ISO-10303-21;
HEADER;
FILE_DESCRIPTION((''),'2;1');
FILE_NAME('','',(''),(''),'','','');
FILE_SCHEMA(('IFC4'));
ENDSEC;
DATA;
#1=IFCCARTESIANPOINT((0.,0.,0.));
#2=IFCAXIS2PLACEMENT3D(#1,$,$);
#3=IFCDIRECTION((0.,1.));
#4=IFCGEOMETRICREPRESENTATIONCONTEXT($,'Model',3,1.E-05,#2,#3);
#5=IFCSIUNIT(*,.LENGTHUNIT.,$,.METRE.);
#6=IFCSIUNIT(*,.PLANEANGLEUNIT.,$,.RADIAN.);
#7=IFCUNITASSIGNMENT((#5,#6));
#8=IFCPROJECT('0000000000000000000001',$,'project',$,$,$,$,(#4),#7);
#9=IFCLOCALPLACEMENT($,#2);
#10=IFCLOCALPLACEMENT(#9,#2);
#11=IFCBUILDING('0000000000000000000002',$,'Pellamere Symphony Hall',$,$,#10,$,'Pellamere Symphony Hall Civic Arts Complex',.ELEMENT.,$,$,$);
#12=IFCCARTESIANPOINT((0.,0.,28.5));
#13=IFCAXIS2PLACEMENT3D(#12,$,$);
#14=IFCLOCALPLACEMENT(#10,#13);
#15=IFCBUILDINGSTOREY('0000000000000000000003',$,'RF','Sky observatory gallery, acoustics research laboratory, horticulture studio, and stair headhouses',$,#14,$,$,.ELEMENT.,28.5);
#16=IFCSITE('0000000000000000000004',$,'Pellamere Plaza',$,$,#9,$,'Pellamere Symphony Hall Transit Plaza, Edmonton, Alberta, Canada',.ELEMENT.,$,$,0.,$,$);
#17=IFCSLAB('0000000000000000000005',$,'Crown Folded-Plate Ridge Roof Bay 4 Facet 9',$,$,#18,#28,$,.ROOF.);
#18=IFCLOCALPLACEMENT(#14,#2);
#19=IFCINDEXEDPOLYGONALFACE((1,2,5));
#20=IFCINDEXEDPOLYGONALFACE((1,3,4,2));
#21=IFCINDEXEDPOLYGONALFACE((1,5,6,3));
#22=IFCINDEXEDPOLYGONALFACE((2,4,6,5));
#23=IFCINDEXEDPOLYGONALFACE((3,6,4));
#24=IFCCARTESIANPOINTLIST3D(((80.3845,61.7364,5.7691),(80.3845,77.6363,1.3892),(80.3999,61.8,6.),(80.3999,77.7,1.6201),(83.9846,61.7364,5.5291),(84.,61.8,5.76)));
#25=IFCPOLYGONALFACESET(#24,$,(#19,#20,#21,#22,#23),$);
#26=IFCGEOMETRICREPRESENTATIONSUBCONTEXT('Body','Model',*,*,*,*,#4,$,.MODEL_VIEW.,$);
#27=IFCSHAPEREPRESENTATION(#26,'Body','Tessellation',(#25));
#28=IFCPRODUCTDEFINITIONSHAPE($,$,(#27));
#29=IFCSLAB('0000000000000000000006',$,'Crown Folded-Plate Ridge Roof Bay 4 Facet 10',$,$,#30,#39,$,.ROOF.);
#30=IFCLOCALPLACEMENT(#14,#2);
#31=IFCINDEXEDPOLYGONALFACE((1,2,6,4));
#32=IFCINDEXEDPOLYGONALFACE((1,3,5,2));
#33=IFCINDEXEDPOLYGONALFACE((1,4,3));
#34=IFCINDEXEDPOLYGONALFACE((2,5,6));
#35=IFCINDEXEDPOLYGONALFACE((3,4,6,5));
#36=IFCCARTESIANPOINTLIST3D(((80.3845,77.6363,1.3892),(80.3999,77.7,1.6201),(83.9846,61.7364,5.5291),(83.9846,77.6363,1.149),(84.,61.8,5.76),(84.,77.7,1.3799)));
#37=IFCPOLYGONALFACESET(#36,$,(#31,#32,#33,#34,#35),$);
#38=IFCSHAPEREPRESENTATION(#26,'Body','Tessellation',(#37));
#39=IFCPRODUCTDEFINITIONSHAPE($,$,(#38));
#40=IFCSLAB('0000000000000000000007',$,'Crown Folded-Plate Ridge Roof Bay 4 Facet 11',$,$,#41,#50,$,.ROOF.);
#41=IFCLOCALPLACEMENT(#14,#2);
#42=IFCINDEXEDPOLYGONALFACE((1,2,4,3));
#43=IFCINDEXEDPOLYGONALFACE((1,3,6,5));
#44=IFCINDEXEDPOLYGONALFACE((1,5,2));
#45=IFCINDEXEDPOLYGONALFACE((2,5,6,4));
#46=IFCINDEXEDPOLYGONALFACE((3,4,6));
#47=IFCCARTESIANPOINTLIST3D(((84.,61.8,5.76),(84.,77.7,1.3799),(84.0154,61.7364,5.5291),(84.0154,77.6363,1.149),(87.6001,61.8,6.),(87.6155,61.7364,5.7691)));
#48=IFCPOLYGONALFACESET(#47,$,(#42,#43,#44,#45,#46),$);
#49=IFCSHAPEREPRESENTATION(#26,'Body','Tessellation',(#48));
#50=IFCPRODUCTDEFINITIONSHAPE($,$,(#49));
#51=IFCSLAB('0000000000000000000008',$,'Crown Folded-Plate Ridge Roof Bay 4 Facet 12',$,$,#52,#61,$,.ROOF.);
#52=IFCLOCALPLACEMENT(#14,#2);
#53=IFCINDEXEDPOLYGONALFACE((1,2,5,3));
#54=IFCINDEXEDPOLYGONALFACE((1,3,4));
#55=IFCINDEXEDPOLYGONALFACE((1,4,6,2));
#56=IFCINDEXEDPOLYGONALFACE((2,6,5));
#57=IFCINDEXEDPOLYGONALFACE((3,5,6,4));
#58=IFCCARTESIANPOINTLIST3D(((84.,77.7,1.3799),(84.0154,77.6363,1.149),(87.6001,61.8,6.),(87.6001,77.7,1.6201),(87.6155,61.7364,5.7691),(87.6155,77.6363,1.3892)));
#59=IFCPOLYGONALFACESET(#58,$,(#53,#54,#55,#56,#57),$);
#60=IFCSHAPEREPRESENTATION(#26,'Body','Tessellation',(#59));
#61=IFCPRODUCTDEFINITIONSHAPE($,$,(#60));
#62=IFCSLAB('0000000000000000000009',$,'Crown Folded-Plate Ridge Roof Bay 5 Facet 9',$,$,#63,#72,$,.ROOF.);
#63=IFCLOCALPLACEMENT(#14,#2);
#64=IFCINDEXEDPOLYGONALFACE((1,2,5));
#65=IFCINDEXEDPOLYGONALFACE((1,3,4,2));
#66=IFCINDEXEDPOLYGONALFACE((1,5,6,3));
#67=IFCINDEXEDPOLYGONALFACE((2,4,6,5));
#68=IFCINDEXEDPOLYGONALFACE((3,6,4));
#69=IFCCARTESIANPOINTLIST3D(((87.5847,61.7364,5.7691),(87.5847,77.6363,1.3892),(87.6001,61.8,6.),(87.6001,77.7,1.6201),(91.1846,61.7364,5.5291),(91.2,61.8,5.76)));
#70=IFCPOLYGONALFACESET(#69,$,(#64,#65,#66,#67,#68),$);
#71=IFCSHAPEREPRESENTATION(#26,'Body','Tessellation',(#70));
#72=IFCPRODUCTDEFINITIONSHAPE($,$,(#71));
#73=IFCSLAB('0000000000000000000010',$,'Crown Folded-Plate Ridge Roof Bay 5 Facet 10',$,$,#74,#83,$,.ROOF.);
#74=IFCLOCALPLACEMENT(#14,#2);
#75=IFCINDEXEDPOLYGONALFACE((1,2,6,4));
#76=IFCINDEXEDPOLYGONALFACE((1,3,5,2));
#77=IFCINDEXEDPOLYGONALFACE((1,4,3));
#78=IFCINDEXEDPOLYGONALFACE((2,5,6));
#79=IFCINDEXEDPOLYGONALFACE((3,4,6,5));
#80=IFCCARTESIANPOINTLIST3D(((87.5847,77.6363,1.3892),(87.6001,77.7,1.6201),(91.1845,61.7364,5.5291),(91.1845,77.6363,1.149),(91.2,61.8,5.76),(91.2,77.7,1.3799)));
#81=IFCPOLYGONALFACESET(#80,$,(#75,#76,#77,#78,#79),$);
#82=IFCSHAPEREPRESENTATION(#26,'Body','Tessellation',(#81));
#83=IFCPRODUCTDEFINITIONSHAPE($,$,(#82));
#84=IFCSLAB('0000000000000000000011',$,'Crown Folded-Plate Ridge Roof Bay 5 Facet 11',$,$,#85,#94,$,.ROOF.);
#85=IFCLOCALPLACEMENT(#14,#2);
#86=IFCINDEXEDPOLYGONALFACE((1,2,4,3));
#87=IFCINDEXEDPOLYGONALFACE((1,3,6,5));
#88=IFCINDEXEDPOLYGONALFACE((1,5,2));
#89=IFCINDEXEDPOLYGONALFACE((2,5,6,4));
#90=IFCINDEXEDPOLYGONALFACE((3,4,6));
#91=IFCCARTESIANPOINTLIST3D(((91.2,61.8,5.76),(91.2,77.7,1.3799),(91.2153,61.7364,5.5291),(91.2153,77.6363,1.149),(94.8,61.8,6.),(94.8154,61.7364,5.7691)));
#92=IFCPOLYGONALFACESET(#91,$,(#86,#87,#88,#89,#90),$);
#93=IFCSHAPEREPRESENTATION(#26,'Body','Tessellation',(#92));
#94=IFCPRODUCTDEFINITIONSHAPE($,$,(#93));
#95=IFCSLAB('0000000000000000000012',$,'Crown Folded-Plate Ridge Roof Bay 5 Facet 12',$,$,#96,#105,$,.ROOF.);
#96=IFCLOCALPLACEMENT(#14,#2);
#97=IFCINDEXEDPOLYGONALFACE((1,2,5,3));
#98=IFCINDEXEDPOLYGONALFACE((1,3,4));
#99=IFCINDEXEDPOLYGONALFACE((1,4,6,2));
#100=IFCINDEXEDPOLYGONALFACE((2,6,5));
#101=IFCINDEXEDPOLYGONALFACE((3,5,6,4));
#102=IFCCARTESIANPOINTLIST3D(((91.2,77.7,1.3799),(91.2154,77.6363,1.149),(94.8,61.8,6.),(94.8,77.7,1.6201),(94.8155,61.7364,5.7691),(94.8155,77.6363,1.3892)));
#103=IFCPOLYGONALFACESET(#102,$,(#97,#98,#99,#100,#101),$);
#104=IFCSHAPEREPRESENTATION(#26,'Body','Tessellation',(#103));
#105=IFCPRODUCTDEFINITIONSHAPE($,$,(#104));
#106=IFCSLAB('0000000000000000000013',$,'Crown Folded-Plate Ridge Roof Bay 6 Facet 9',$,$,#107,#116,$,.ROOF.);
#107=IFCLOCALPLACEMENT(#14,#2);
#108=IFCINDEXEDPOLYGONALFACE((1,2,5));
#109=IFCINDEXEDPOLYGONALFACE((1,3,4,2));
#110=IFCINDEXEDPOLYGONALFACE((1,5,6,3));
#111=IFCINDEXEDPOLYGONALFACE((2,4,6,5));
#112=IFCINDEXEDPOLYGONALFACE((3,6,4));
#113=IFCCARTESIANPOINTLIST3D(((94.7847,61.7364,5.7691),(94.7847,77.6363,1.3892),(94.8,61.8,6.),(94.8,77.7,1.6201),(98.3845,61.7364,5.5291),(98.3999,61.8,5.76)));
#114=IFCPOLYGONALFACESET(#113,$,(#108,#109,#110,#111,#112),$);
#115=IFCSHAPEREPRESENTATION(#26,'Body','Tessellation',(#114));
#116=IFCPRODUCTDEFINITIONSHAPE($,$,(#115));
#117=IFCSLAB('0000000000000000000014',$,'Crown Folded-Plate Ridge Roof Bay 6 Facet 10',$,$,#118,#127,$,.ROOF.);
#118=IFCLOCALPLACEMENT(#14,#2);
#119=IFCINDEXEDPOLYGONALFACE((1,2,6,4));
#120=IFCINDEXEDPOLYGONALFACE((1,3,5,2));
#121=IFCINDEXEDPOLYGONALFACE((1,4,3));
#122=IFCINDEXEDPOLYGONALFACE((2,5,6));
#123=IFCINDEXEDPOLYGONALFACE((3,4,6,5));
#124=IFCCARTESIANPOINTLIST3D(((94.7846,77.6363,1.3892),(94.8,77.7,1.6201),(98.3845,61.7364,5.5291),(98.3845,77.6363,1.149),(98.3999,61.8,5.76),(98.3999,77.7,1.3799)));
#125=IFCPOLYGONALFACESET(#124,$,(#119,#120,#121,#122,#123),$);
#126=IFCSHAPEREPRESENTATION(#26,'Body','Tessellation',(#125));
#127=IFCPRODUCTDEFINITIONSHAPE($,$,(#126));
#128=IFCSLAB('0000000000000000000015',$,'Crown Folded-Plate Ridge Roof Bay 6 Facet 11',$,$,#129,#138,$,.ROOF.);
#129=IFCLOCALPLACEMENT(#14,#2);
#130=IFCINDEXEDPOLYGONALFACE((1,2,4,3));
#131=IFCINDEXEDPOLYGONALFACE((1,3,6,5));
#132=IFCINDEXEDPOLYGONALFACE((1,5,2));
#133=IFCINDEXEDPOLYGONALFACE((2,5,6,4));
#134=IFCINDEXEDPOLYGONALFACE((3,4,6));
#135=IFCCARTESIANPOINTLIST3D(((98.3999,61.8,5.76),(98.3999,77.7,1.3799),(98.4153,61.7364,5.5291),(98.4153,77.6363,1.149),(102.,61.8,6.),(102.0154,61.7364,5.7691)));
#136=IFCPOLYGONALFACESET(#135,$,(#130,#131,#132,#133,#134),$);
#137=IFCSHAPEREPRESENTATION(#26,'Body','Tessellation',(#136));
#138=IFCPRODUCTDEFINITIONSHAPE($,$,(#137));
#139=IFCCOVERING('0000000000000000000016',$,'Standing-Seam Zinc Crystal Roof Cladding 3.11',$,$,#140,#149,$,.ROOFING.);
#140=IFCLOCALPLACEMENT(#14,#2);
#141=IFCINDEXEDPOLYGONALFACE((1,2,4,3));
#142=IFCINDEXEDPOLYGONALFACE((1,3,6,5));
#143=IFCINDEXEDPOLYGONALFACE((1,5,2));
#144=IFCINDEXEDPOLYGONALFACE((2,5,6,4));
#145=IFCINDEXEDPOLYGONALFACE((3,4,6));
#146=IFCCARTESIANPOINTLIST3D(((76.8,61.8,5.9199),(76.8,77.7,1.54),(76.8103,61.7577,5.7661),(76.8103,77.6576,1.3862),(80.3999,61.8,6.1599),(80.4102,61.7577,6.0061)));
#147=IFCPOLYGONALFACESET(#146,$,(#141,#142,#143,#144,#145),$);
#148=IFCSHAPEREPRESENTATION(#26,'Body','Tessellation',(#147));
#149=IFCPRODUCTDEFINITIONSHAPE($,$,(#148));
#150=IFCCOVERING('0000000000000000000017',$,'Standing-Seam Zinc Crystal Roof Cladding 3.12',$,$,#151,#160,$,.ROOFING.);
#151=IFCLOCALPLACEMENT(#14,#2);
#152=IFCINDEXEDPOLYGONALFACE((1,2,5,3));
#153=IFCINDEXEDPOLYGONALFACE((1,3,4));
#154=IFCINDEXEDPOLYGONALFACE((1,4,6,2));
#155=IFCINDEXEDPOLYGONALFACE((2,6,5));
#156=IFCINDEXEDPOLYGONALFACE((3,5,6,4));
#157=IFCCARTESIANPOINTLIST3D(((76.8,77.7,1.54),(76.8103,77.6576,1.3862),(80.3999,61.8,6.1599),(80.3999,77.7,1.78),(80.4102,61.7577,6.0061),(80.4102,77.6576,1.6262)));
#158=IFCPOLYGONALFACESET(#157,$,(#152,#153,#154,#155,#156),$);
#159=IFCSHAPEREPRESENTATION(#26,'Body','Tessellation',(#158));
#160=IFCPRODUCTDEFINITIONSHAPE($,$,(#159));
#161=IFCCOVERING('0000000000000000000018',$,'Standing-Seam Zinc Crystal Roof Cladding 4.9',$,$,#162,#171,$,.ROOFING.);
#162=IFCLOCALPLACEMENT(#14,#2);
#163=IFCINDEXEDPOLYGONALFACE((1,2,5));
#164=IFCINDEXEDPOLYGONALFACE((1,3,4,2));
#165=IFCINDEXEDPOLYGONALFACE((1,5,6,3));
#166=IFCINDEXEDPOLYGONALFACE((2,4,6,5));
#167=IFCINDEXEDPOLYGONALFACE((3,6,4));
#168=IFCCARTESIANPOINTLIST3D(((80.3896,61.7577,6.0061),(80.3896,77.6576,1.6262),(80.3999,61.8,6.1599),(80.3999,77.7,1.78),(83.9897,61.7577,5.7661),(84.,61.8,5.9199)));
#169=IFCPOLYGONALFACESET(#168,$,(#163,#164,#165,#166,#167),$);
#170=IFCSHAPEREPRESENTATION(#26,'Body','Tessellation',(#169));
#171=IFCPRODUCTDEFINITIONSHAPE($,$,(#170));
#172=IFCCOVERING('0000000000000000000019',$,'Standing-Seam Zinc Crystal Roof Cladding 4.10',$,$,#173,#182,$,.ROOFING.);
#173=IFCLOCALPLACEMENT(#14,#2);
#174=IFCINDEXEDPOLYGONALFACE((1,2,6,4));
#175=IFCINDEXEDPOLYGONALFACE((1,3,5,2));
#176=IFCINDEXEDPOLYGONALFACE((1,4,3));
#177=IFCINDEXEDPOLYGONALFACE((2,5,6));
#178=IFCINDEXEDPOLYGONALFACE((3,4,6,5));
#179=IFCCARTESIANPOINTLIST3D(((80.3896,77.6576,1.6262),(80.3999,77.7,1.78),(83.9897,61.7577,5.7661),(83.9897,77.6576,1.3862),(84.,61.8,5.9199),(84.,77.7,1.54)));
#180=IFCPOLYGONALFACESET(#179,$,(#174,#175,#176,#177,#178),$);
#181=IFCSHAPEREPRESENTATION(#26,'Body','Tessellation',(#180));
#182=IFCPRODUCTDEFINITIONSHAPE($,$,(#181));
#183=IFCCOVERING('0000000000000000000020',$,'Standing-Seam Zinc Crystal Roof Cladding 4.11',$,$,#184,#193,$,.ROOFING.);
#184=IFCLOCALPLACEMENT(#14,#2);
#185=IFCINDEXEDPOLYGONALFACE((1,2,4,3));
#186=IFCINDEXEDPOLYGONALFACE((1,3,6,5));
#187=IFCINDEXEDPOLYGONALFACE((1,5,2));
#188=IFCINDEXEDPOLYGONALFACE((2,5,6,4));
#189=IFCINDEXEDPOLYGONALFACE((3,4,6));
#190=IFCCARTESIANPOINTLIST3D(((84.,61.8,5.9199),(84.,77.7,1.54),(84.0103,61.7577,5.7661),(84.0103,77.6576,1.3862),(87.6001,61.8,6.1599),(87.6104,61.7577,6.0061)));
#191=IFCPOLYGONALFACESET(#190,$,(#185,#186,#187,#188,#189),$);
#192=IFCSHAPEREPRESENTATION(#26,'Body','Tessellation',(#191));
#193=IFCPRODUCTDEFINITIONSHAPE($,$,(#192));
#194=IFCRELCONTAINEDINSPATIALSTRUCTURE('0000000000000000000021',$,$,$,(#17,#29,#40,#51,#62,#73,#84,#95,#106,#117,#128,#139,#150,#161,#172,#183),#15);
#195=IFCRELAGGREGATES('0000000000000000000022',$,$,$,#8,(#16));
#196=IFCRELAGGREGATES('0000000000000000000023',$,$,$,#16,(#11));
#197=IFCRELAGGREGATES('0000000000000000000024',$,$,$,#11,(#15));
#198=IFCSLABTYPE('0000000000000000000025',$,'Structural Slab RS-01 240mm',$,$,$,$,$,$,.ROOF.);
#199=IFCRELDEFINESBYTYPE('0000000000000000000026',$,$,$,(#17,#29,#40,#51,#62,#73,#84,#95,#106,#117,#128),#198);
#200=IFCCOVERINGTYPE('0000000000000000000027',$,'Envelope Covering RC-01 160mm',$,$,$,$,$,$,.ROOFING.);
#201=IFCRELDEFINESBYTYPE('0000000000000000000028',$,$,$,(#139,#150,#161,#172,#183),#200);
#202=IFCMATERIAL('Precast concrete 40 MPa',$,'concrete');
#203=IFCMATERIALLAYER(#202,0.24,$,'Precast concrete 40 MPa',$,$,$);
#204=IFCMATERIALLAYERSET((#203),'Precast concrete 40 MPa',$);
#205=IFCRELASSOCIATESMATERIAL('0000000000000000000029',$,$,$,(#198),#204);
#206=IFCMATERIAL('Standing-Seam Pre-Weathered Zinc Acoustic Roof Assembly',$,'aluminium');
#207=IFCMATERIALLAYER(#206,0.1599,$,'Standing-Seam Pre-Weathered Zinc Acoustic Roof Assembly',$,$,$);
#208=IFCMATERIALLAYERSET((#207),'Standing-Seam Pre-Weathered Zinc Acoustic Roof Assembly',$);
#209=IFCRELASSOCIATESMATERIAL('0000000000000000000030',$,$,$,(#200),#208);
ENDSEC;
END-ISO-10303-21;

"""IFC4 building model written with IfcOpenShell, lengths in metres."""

from ifc_helpers import new_model, si_unit, direction, frame, origin, place, context, subcontext, project, spatial, polyline, outline, extrude, material, layer, layer_set, type_object, element, save


model = new_model("IFC4")

# Units and contexts
model_context = context("Model", 3, precision=1e-05, world=origin(), true_north=direction((0.0, 1.0)))
body_context = subcontext(model_context, "Body", "Model", "MODEL_VIEW")
ifc_project = project(units=[si_unit("LENGTHUNIT", "METRE"), si_unit("PLANEANGLEUNIT", "RADIAN")], contexts=[model_context])

# Site, building, storey
site_placement = place(None, origin())
site = spatial("IfcSite", under=ifc_project, at=site_placement, Name="Pellamere Plaza", LongName="Pellamere Symphony Hall Transit Plaza, Edmonton, Alberta, Canada", CompositionType="ELEMENT", RefElevation=0.0)
building_placement = place(site_placement, origin())
building = spatial("IfcBuilding", under=site, at=building_placement, Name="Pellamere Symphony Hall", LongName="Pellamere Symphony Hall Civic Arts Complex", CompositionType="ELEMENT")
storey_placement = place(building_placement, frame((0.0, 0.0, 28.5)))
storey = spatial("IfcBuildingStorey", under=building, at=storey_placement, Name="RF", Description="Sky observatory gallery, acoustics research laboratory, horticulture studio, and stair headhouses", CompositionType="ELEMENT", Elevation=28.5)

# Slabs
ifc_material_1 = material(Name="Precast concrete 40 MPa", Category="concrete")
ifc_layer_1 = layer(ifc_material_1, 0.24, Name="Precast concrete 40 MPa")
ifc_layer_set_1 = layer_set([ifc_layer_1], Name="Precast concrete 40 MPa")
slab_type = type_object("IfcSlabType", Name="Structural Slab RS-01 240mm", PredefinedType="ROOF", material=ifc_layer_set_1)
slab_1_placement = place(storey_placement, frame((80.3999, 61.8, 6.0), z_axis=(0.064136, 0.265027, 0.962106), x_axis=(0.997785, 0.0, -0.066515)))
element("IfcSlab", 1, at=slab_1_placement, inside=storey, type_object=slab_type, Name="Crown Folded-Plate Ridge Roof Bay 4 Facet 9", PredefinedType="ROOF", context=body_context, shape_type="SweptSolid", body=[
    extrude(outline(polyline([(0.0, 0.0), (3.6081, 0.0), (0.2913, 16.4896), (0.0, 0.0)])), origin(), (0.0, 0.0, -1.0), 0.24),
])
slab_2_placement = place(storey_placement, frame((84.0, 61.8, 5.76), z_axis=(0.064201, 0.26504, 0.962098), x_axis=(0.0, 0.964087, -0.265588)))
element("IfcSlab", 2, at=slab_2_placement, inside=storey, type_object=slab_type, Name="Crown Folded-Plate Ridge Roof Bay 4 Facet 10", PredefinedType="ROOF", context=body_context, shape_type="SweptSolid", body=[
    extrude(outline(polyline([(0.0, 0.0), (16.4922, 0.0), (16.4284, 3.6075), (0.0, 0.0)])), origin(), (0.0, 0.0, -1.0), 0.24),
])
slab_3_placement = place(storey_placement, frame((84.0, 61.8, 5.76), z_axis=(-0.064136, 0.265041, 0.962102), x_axis=(0.997785, 0.0, 0.066515)))
element("IfcSlab", 3, at=slab_3_placement, inside=storey, type_object=slab_type, Name="Crown Folded-Plate Ridge Roof Bay 4 Facet 11", PredefinedType="ROOF", context=body_context, shape_type="SweptSolid", body=[
    extrude(outline(polyline([(0.0, 0.0), (3.6081, 0.0), (-0.2913, 16.4896), (0.0, 0.0)])), origin(), (0.0, 0.0, -1.0), 0.24),
])
slab_4_placement = place(storey_placement, frame((87.6001, 61.8, 6.0), z_axis=(-0.064201, 0.265026, 0.962102), x_axis=(0.0, 0.96409, -0.265574)))
element("IfcSlab", 4, at=slab_4_placement, inside=storey, type_object=slab_type, Name="Crown Folded-Plate Ridge Roof Bay 4 Facet 12", PredefinedType="ROOF", context=body_context, shape_type="SweptSolid", body=[
    extrude(outline(polyline([(0.0, 0.0), (16.4921, 0.0), (16.5559, 3.6075), (0.0, 0.0)])), origin(), (0.0, 0.0, -1.0), 0.24),
])
slab_5_placement = place(storey_placement, frame((87.6001, 61.8, 6.0), z_axis=(0.06414, 0.265027, 0.962105), x_axis=(0.997785, 0.0, -0.066519)))
element("IfcSlab", 5, at=slab_5_placement, inside=storey, type_object=slab_type, Name="Crown Folded-Plate Ridge Roof Bay 5 Facet 9", PredefinedType="ROOF", context=body_context, shape_type="SweptSolid", body=[
    extrude(outline(polyline([(0.0, 0.0), (3.6078, 0.0), (0.2913, 16.4896), (0.0, 0.0)])), origin(), (0.0, 0.0, -1.0), 0.24),
])
slab_6_placement = place(storey_placement, frame((91.2, 61.8, 5.76), z_axis=(0.064205, 0.26504, 0.962097), x_axis=(0.0, 0.964087, -0.265588)))
element("IfcSlab", 6, at=slab_6_placement, inside=storey, type_object=slab_type, Name="Crown Folded-Plate Ridge Roof Bay 5 Facet 10", PredefinedType="ROOF", context=body_context, shape_type="SweptSolid", body=[
    extrude(outline(polyline([(0.0, 0.0), (16.4922, 0.0), (16.4284, 3.6073), (0.0, 0.0)])), origin(), (0.0, 0.0, -1.0), 0.24),
])
slab_7_placement = place(storey_placement, frame((91.2, 61.8, 5.76), z_axis=(-0.064136, 0.265041, 0.962102), x_axis=(0.997785, 0.0, 0.066515)))
element("IfcSlab", 7, at=slab_7_placement, inside=storey, type_object=slab_type, Name="Crown Folded-Plate Ridge Roof Bay 5 Facet 11", PredefinedType="ROOF", context=body_context, shape_type="SweptSolid", body=[
    extrude(outline(polyline([(0.0, 0.0), (3.6081, 0.0), (-0.2913, 16.4896), (0.0, 0.0)])), origin(), (0.0, 0.0, -1.0), 0.24),
])
slab_8_placement = place(storey_placement, frame((94.8, 61.8, 6.0), z_axis=(-0.064201, 0.265026, 0.962102), x_axis=(0.0, 0.96409, -0.265574)))
element("IfcSlab", 8, at=slab_8_placement, inside=storey, type_object=slab_type, Name="Crown Folded-Plate Ridge Roof Bay 5 Facet 12", PredefinedType="ROOF", context=body_context, shape_type="SweptSolid", body=[
    extrude(outline(polyline([(0.0, 0.0), (16.4921, 0.0), (16.5559, 3.6075), (0.0, 0.0)])), origin(), (0.0, 0.0, -1.0), 0.24),
])
slab_9_placement = place(storey_placement, frame((94.8, 61.8, 6.0), z_axis=(0.06414, 0.265027, 0.962105), x_axis=(0.997785, 0.0, -0.066519)))
element("IfcSlab", 9, at=slab_9_placement, inside=storey, type_object=slab_type, Name="Crown Folded-Plate Ridge Roof Bay 6 Facet 9", PredefinedType="ROOF", context=body_context, shape_type="SweptSolid", body=[
    extrude(outline(polyline([(0.0, 0.0), (3.6078, 0.0), (0.2913, 16.4896), (0.0, 0.0)])), origin(), (0.0, 0.0, -1.0), 0.24),
])
slab_10_placement = place(storey_placement, frame((98.3999, 61.8, 5.76), z_axis=(0.064205, 0.26504, 0.962097), x_axis=(0.0, 0.964087, -0.265588)))
element("IfcSlab", 10, at=slab_10_placement, inside=storey, type_object=slab_type, Name="Crown Folded-Plate Ridge Roof Bay 6 Facet 10", PredefinedType="ROOF", context=body_context, shape_type="SweptSolid", body=[
    extrude(outline(polyline([(0.0, 0.0), (16.4922, 0.0), (16.4284, 3.6073), (0.0, 0.0)])), origin(), (0.0, 0.0, -1.0), 0.24),
])
slab_11_placement = place(storey_placement, frame((98.3999, 61.8, 5.76), z_axis=(-0.064136, 0.265041, 0.962102), x_axis=(0.997785, 0.0, 0.066515)))
element("IfcSlab", 11, at=slab_11_placement, inside=storey, type_object=slab_type, Name="Crown Folded-Plate Ridge Roof Bay 6 Facet 11", PredefinedType="ROOF", context=body_context, shape_type="SweptSolid", body=[
    extrude(outline(polyline([(0.0, 0.0), (3.6081, 0.0), (-0.2913, 16.4896), (0.0, 0.0)])), origin(), (0.0, 0.0, -1.0), 0.24),
])

# Coverings
ifc_material_2 = material(Name="Standing-Seam Pre-Weathered Zinc Acoustic Roof Assembly", Category="aluminium")
ifc_layer_2 = layer(ifc_material_2, 0.1599, Name="Standing-Seam Pre-Weathered Zinc Acoustic Roof Assembly")
ifc_layer_set_2 = layer_set([ifc_layer_2], Name="Standing-Seam Pre-Weathered Zinc Acoustic Roof Assembly")
covering_type = type_object("IfcCoveringType", Name="Envelope Covering RC-01 160mm", PredefinedType="ROOFING", material=ifc_layer_set_2)
covering_1_placement = place(storey_placement, frame((76.8, 61.8, 5.9199), z_axis=(-0.06414, 0.265027, 0.962105), x_axis=(0.997785, 0.0, 0.066519)))
element("IfcCovering", 12, at=covering_1_placement, inside=storey, type_object=covering_type, Name="Standing-Seam Zinc Crystal Roof Cladding 3.11", PredefinedType="ROOFING", context=body_context, shape_type="SweptSolid", body=[
    extrude(outline(polyline([(0.0, 0.0), (3.6078, 0.0), (-0.2913, 16.4896), (0.0, 0.0)])), origin(), (0.0, 0.0, -1.0), 0.1599),
])
covering_2_placement = place(storey_placement, frame((80.3999, 61.8, 6.1599), z_axis=(-0.06414, 0.265027, 0.962105), x_axis=(0.0, 0.96409, -0.265574)))
element("IfcCovering", 13, at=covering_2_placement, inside=storey, type_object=covering_type, Name="Standing-Seam Zinc Crystal Roof Cladding 3.12", PredefinedType="ROOFING", context=body_context, shape_type="SweptSolid", body=[
    extrude(outline(polyline([(0.0, 0.0), (16.4921, 0.0), (16.5559, 3.6073), (0.0, 0.0)])), origin(), (0.0, 0.0, -1.0), 0.1599),
])
covering_3_placement = place(storey_placement, frame((80.3999, 61.8, 6.1599), z_axis=(0.064136, 0.265027, 0.962106), x_axis=(0.997785, 0.0, -0.066515)))
element("IfcCovering", 14, at=covering_3_placement, inside=storey, type_object=covering_type, Name="Standing-Seam Zinc Crystal Roof Cladding 4.9", PredefinedType="ROOFING", context=body_context, shape_type="SweptSolid", body=[
    extrude(outline(polyline([(0.0, 0.0), (3.6081, 0.0), (0.2913, 16.4896), (0.0, 0.0)])), origin(), (0.0, 0.0, -1.0), 0.1599),
])
covering_4_placement = place(storey_placement, frame((84.0, 61.8, 5.9199), z_axis=(0.064136, 0.265027, 0.962106), x_axis=(0.0, 0.96409, -0.265574)))
element("IfcCovering", 15, at=covering_4_placement, inside=storey, type_object=covering_type, Name="Standing-Seam Zinc Crystal Roof Cladding 4.10", PredefinedType="ROOFING", context=body_context, shape_type="SweptSolid", body=[
    extrude(outline(polyline([(0.0, 0.0), (16.4921, 0.0), (16.4284, 3.6075), (0.0, 0.0)])), origin(), (0.0, 0.0, -1.0), 0.1599),
])
covering_5_placement = place(storey_placement, frame((84.0, 61.8, 5.9199), z_axis=(-0.064136, 0.265027, 0.962106), x_axis=(0.997785, 0.0, 0.066515)))
element("IfcCovering", 16, at=covering_5_placement, inside=storey, type_object=covering_type, Name="Standing-Seam Zinc Crystal Roof Cladding 4.11", PredefinedType="ROOFING", context=body_context, shape_type="SweptSolid", body=[
    extrude(outline(polyline([(0.0, 0.0), (3.6081, 0.0), (-0.2913, 16.4896), (0.0, 0.0)])), origin(), (0.0, 0.0, -1.0), 0.1599),
])

save(model, "model.ifc")
